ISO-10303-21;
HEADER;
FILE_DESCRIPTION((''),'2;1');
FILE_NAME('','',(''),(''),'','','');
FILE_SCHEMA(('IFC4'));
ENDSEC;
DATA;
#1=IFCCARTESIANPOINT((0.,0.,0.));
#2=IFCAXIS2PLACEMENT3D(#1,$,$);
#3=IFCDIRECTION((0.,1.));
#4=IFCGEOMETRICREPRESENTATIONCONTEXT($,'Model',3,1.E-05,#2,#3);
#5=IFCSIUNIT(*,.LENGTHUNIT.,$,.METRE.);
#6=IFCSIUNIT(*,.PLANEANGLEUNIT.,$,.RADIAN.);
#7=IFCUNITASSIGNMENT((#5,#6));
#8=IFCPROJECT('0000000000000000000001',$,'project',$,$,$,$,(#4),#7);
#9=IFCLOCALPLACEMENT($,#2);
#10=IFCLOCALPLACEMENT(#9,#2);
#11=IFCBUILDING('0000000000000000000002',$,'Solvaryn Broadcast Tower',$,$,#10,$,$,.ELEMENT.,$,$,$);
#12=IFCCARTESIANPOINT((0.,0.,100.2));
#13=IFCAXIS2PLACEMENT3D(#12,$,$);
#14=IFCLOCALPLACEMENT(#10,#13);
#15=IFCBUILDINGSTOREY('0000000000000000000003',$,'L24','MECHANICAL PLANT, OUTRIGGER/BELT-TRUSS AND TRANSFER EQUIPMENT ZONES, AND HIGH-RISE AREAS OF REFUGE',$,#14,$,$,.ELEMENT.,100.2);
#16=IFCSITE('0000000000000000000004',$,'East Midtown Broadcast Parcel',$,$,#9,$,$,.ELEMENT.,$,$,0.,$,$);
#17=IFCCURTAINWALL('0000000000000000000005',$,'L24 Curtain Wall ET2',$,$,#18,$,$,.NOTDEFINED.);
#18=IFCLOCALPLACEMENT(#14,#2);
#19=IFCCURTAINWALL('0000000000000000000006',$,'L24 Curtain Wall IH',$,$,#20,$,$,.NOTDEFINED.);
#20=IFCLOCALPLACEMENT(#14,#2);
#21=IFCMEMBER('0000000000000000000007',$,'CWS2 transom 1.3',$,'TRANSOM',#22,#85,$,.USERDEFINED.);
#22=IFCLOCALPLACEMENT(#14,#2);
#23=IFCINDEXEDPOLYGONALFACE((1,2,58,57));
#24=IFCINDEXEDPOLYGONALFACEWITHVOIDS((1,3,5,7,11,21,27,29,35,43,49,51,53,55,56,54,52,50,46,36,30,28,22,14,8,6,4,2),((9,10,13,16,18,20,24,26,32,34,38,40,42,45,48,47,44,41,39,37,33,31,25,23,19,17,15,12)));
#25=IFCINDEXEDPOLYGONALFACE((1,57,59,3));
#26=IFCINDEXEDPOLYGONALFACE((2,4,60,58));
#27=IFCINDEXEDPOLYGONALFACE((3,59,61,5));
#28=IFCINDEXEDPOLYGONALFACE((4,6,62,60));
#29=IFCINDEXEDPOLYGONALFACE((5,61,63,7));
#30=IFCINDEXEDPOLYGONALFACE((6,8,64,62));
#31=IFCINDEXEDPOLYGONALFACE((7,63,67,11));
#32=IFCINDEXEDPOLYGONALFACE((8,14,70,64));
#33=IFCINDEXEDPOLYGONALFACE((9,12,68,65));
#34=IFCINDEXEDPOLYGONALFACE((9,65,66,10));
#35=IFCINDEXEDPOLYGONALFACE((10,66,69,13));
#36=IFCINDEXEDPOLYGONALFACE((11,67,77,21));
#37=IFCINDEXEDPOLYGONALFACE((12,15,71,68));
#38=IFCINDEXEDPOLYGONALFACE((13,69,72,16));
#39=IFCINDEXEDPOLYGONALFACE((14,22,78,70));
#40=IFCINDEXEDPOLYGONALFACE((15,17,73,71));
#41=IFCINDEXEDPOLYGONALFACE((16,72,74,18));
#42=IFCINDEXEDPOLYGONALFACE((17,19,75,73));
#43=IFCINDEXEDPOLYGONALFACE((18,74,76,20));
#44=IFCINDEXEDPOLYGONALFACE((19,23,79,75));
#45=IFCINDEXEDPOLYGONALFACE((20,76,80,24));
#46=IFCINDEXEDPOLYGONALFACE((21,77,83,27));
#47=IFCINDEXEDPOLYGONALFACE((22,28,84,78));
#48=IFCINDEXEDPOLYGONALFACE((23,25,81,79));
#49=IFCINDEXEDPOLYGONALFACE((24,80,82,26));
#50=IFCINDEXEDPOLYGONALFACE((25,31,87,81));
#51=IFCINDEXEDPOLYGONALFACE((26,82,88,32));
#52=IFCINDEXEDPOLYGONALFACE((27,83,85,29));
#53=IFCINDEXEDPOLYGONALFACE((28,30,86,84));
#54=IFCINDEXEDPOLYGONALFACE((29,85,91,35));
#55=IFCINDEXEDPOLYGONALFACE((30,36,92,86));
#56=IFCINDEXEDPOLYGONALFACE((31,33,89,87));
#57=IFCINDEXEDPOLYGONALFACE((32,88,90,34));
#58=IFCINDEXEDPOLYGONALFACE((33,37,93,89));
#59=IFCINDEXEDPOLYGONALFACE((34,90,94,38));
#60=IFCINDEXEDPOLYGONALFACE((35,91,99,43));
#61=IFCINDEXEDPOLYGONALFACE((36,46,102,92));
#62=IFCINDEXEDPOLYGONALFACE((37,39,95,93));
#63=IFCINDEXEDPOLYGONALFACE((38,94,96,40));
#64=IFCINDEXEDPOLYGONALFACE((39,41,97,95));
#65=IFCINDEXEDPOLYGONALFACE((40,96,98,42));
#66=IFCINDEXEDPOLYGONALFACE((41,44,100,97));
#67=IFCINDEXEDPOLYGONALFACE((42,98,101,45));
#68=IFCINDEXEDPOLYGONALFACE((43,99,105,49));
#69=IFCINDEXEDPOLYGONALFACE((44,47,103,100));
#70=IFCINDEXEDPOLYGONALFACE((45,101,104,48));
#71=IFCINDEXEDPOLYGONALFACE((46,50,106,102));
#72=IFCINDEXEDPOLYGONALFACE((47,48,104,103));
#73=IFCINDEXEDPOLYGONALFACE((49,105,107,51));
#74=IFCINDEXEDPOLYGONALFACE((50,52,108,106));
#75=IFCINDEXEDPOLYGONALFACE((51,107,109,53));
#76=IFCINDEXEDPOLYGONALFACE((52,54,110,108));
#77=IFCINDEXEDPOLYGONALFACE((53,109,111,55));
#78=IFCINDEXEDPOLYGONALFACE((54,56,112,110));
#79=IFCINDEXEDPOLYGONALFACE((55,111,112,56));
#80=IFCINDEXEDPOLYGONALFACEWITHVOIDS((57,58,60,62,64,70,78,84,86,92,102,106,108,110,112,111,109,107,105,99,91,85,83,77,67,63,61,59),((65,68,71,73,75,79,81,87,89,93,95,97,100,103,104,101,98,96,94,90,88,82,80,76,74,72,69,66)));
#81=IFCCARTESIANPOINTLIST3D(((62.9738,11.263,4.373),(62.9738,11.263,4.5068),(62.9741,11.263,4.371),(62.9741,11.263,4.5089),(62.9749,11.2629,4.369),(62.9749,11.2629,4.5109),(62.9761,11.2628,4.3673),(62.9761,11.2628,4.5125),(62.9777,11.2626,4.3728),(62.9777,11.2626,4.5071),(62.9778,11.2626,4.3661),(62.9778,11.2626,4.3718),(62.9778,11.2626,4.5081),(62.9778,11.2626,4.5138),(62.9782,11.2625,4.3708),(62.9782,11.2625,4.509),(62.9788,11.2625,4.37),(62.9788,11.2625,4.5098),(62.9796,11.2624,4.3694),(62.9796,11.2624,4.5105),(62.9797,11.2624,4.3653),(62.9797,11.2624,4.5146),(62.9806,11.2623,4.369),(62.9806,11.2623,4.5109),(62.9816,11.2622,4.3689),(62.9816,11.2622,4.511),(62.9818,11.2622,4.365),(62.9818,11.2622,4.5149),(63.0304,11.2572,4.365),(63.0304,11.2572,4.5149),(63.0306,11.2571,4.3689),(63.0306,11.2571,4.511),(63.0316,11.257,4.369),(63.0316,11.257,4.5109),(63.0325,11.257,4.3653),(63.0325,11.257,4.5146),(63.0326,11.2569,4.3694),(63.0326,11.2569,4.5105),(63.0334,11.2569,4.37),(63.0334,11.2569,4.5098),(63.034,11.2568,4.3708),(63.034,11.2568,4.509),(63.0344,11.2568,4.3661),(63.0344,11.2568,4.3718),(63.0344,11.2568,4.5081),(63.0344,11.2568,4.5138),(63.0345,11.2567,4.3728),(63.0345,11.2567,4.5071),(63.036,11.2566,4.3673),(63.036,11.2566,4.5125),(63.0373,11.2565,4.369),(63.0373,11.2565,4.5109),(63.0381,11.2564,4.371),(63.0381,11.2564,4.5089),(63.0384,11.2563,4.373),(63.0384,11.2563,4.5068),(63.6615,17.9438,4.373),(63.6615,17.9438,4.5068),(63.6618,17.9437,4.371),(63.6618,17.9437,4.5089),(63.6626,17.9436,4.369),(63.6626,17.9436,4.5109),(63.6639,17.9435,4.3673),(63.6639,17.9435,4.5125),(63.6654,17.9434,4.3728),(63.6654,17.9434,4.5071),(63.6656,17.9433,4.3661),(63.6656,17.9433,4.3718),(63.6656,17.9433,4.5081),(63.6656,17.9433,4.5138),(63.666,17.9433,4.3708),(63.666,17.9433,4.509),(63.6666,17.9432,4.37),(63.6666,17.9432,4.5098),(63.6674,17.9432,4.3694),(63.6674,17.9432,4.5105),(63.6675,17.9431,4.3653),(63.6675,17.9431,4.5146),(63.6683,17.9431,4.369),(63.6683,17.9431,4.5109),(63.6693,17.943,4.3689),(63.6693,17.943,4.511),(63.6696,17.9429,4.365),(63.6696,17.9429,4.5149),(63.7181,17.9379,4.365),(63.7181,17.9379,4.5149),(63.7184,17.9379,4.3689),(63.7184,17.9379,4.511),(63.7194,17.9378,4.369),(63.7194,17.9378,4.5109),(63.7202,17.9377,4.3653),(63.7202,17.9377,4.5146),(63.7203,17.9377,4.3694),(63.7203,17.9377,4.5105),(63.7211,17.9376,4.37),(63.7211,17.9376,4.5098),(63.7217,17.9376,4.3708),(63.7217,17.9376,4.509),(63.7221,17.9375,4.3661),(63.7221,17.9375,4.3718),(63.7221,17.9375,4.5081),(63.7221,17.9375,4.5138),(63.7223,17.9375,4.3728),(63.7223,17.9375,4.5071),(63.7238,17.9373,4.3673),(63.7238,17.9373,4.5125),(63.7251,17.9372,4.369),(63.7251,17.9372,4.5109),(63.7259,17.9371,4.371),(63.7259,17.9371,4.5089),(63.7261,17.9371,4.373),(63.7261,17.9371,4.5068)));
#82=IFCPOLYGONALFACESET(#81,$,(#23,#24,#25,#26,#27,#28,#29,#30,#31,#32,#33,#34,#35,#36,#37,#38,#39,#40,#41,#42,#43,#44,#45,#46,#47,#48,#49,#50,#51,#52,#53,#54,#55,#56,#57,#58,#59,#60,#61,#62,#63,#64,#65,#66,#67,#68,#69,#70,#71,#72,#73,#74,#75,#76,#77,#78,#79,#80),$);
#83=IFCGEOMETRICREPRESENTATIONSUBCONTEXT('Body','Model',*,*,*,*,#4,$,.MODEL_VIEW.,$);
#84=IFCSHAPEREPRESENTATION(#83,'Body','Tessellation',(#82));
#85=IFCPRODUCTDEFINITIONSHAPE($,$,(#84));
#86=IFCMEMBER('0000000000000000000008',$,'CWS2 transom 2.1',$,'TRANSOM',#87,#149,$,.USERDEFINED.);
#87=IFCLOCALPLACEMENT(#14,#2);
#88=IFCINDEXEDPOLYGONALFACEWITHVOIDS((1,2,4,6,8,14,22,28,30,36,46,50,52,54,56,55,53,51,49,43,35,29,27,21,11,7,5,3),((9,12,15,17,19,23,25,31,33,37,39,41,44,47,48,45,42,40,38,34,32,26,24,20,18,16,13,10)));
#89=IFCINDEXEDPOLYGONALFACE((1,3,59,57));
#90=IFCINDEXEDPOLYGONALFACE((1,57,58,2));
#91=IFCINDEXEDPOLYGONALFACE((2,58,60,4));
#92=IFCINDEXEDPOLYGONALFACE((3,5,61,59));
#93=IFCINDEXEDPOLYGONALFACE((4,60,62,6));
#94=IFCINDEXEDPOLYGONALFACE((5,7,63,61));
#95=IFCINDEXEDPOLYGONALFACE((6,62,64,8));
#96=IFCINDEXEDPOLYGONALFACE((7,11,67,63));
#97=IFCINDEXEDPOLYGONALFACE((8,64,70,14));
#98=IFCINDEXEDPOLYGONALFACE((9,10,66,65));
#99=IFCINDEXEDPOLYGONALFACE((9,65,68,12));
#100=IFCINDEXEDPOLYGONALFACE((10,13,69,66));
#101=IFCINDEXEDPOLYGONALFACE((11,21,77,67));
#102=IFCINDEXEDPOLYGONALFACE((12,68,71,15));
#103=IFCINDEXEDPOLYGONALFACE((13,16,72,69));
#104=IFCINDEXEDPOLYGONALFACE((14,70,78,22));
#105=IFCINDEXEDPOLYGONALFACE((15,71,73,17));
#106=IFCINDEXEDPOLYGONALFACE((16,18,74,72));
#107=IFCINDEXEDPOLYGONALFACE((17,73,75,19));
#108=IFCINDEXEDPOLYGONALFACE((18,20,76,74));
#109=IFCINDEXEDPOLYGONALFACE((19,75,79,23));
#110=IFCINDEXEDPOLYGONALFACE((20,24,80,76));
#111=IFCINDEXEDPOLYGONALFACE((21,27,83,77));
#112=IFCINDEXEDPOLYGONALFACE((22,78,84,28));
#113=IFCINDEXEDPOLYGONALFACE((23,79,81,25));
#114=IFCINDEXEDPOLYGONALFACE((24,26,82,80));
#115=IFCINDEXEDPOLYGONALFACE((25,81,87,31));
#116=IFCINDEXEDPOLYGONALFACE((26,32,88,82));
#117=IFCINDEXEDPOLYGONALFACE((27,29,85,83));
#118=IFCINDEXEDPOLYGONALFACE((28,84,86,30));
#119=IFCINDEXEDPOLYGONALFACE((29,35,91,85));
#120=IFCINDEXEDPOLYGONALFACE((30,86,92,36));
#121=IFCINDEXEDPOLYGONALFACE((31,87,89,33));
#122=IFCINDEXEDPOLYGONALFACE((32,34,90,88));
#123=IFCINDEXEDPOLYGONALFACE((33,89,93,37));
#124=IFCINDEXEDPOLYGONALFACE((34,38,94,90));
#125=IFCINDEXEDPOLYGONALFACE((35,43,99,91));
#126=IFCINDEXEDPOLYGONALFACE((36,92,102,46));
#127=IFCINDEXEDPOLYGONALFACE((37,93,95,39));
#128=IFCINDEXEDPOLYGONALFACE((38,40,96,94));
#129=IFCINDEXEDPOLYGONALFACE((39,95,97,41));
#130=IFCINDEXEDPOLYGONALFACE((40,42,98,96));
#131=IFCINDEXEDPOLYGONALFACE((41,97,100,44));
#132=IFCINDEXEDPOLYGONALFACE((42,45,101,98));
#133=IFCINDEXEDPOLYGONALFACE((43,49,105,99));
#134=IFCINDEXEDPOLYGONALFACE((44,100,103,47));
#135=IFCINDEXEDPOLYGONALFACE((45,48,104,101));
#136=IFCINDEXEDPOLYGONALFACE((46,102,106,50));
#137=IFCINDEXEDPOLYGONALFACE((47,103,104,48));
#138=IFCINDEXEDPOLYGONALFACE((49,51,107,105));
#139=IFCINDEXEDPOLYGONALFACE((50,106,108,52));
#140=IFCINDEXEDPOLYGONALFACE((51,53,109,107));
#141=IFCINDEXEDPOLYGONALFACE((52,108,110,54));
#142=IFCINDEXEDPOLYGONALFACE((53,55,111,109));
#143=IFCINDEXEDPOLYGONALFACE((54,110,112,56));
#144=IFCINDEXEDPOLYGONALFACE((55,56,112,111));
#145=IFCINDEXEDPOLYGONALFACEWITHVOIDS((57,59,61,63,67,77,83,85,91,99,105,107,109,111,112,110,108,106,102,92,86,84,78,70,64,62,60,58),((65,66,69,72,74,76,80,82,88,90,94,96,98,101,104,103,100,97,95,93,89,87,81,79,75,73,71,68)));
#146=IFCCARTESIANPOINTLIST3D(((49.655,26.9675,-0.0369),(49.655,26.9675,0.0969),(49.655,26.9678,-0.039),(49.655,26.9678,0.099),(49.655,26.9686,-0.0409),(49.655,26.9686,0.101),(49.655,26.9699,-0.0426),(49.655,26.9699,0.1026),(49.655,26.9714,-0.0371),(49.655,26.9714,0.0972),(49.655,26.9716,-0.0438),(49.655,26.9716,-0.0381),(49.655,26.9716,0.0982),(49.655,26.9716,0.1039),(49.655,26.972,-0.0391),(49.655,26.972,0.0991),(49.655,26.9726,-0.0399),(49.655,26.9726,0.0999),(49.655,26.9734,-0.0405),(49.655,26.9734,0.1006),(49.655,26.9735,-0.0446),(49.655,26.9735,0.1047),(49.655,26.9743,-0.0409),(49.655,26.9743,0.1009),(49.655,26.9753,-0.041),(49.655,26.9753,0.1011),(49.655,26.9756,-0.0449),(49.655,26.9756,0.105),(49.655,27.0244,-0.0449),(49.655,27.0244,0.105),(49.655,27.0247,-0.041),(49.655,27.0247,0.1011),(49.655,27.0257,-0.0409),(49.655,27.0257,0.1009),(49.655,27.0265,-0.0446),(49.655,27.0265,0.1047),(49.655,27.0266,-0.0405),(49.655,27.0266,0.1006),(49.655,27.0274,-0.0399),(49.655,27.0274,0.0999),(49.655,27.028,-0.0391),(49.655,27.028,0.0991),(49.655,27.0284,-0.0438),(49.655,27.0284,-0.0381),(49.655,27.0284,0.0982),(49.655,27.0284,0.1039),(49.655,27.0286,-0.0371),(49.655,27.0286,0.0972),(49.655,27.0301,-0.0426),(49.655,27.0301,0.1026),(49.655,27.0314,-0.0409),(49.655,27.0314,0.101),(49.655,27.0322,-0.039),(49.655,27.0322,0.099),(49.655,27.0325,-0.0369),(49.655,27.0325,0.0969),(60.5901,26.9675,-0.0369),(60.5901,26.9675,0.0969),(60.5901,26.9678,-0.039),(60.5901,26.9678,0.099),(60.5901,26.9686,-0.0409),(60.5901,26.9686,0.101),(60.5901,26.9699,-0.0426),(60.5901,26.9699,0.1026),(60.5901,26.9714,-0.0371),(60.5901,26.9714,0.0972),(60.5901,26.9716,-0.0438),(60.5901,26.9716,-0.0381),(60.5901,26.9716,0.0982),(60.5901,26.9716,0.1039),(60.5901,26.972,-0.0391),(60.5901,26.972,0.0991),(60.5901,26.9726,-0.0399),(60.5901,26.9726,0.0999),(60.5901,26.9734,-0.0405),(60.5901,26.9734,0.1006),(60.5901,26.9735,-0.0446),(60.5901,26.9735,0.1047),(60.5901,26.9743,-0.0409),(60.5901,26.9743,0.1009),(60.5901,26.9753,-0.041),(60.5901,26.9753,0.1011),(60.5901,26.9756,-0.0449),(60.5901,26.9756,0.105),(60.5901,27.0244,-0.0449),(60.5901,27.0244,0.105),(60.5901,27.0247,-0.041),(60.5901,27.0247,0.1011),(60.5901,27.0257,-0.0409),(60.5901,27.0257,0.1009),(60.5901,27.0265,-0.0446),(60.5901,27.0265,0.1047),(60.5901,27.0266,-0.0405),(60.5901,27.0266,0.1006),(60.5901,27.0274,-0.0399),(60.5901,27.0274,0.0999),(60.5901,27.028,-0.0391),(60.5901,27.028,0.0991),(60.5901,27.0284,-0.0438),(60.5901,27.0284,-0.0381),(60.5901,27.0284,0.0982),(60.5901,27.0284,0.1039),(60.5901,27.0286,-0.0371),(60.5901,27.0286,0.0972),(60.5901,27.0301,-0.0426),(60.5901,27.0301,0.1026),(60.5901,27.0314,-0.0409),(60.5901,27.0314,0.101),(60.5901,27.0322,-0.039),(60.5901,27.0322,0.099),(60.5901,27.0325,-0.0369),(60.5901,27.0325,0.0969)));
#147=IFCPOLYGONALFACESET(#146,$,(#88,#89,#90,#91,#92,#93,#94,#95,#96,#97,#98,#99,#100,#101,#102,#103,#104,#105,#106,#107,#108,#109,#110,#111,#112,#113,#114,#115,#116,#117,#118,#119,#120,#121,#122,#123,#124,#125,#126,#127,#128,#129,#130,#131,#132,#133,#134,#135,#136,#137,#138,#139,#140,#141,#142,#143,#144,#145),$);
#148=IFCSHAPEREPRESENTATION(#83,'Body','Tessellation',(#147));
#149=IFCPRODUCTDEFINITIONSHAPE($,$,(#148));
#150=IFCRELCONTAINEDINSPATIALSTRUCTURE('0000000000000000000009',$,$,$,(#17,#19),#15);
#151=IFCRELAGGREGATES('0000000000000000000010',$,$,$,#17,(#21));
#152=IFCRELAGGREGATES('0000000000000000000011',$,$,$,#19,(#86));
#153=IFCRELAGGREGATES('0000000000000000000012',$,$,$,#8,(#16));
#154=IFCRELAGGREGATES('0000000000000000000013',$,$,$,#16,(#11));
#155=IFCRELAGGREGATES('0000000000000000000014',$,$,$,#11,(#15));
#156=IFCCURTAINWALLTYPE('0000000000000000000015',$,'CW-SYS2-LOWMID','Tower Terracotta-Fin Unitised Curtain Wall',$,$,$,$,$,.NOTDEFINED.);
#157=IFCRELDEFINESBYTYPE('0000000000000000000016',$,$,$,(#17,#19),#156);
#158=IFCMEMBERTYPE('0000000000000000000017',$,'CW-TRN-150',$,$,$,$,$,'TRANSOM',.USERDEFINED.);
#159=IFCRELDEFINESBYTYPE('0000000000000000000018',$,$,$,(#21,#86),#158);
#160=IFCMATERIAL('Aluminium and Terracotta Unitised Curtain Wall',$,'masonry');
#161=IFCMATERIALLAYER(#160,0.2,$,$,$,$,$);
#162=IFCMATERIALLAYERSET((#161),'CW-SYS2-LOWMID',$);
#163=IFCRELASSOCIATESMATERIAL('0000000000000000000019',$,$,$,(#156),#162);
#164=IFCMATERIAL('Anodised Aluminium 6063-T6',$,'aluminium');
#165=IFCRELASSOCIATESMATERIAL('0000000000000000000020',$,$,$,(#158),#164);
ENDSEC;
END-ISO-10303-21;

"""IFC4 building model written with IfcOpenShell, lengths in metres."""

from ifc_helpers import new_model, si_unit, direction, frame, origin, origin_2d, place, context, subcontext, project, spatial, hollow_rectangle, extrude, material, layer, layer_set, material_profile, profile_set, type_object, element, aggregate, save


model = new_model("IFC4")

# Units and contexts
model_context = context("Model", 3, precision=1e-05, world=origin(), true_north=direction((0.0, 1.0)))
body_context = subcontext(model_context, "Body", "Model", "MODEL_VIEW")
ifc_project = project(units=[si_unit("LENGTHUNIT", "METRE"), si_unit("PLANEANGLEUNIT", "RADIAN")], contexts=[model_context])

# Site, building, storey
site_placement = place(None, origin())
site = spatial("IfcSite", under=ifc_project, at=site_placement, Name="East Midtown Broadcast Parcel", CompositionType="ELEMENT", RefElevation=0.0)
building_placement = place(site_placement, origin())
building = spatial("IfcBuilding", under=site, at=building_placement, Name="Solvaryn Broadcast Tower", CompositionType="ELEMENT")
storey_placement = place(building_placement, frame((0.0, 0.0, 100.2)))
storey = spatial("IfcBuildingStorey", under=building, at=storey_placement, Name="L24", Description="MECHANICAL PLANT, OUTRIGGER/BELT-TRUSS AND TRANSFER EQUIPMENT ZONES, AND HIGH-RISE AREAS OF REFUGE", CompositionType="ELEMENT", Elevation=100.2)

# Shared definitions
ifc_material_1 = material(Name="Aluminium and Terracotta Unitised Curtain Wall", Category="masonry")
ifc_layer_1 = layer(ifc_material_1, 0.2)
ifc_layer_set_1 = layer_set([ifc_layer_1], Name="CW-SYS2-LOWMID")
curtain_wall_type = type_object("IfcCurtainWallType", Name="CW-SYS2-LOWMID", Description="Tower Terracotta-Fin Unitised Curtain Wall", PredefinedType="NOTDEFINED", material=ifc_layer_set_1)

# Curtain wall
curtain_wall_1_placement = place(storey_placement, origin())
curtain_wall_1 = element("IfcCurtainWall", 1, at=curtain_wall_1_placement, inside=storey, type_object=curtain_wall_type, Name="L24 Curtain Wall ET2", PredefinedType="NOTDEFINED")

# Curtain wall
curtain_wall_2_placement = place(storey_placement, origin())
curtain_wall_2 = element("IfcCurtainWall", 2, at=curtain_wall_2_placement, inside=storey, type_object=curtain_wall_type, Name="L24 Curtain Wall IH", PredefinedType="NOTDEFINED")

# Members
ifc_material_2 = material(Name="Anodised Aluminium 6063-T6", Category="aluminium")
ifc_material_profile_1 = material_profile(ifc_material_2, hollow_rectangle(XDim=0.0649, YDim=0.1499, WallThickness=0.0039, InnerFilletRadius=0.0039, OuterFilletRadius=0.0081, at=origin_2d()))
ifc_profile_set_1 = profile_set([ifc_material_profile_1], Name="Anodised Aluminium 6063-T6")
member_type_1 = type_object("IfcMemberType", Name="CW-TRN-150", ElementType="TRANSOM", PredefinedType="USERDEFINED", material=ifc_profile_set_1)
member_1_placement = place(storey_placement, frame((63.6938, 17.9404, 4.4399), z_axis=(-0.102404, -0.994743, 0.0), x_axis=(0.994743, -0.102404, 0.0)))
member_1 = element("IfcMember", 3, at=member_1_placement, type_object=member_type_1, Name="CWS2 transom 1.3", ObjectType="TRANSOM", PredefinedType="USERDEFINED", context=body_context, shape_type="SweptSolid", body=[
    extrude(hollow_rectangle(XDim=0.0649, YDim=0.1499, WallThickness=0.0039, InnerFilletRadius=0.0039, OuterFilletRadius=0.0081, at=origin_2d()), origin(), (0.0, 0.0, 1.0), 6.7161),
])
aggregate(curtain_wall_1, [member_1])
member_2_placement = place(storey_placement, frame((49.655, 27.0, 0.03), z_axis=(1.0, 0.0, 0.0), x_axis=(0.0, 1.0, 0.0)))
member_2 = element("IfcMember", 4, at=member_2_placement, type_object=member_type_1, Name="CWS2 transom 2.1", ObjectType="TRANSOM", PredefinedType="USERDEFINED", context=body_context, shape_type="SweptSolid", body=[
    extrude(hollow_rectangle(XDim=0.0649, YDim=0.1499, WallThickness=0.0039, InnerFilletRadius=0.0039, OuterFilletRadius=0.0081, at=origin_2d()), origin(), (0.0, 0.0, 1.0), 10.9351),
])

aggregate(curtain_wall_2, [member_2])

save(model, "model.ifc")
